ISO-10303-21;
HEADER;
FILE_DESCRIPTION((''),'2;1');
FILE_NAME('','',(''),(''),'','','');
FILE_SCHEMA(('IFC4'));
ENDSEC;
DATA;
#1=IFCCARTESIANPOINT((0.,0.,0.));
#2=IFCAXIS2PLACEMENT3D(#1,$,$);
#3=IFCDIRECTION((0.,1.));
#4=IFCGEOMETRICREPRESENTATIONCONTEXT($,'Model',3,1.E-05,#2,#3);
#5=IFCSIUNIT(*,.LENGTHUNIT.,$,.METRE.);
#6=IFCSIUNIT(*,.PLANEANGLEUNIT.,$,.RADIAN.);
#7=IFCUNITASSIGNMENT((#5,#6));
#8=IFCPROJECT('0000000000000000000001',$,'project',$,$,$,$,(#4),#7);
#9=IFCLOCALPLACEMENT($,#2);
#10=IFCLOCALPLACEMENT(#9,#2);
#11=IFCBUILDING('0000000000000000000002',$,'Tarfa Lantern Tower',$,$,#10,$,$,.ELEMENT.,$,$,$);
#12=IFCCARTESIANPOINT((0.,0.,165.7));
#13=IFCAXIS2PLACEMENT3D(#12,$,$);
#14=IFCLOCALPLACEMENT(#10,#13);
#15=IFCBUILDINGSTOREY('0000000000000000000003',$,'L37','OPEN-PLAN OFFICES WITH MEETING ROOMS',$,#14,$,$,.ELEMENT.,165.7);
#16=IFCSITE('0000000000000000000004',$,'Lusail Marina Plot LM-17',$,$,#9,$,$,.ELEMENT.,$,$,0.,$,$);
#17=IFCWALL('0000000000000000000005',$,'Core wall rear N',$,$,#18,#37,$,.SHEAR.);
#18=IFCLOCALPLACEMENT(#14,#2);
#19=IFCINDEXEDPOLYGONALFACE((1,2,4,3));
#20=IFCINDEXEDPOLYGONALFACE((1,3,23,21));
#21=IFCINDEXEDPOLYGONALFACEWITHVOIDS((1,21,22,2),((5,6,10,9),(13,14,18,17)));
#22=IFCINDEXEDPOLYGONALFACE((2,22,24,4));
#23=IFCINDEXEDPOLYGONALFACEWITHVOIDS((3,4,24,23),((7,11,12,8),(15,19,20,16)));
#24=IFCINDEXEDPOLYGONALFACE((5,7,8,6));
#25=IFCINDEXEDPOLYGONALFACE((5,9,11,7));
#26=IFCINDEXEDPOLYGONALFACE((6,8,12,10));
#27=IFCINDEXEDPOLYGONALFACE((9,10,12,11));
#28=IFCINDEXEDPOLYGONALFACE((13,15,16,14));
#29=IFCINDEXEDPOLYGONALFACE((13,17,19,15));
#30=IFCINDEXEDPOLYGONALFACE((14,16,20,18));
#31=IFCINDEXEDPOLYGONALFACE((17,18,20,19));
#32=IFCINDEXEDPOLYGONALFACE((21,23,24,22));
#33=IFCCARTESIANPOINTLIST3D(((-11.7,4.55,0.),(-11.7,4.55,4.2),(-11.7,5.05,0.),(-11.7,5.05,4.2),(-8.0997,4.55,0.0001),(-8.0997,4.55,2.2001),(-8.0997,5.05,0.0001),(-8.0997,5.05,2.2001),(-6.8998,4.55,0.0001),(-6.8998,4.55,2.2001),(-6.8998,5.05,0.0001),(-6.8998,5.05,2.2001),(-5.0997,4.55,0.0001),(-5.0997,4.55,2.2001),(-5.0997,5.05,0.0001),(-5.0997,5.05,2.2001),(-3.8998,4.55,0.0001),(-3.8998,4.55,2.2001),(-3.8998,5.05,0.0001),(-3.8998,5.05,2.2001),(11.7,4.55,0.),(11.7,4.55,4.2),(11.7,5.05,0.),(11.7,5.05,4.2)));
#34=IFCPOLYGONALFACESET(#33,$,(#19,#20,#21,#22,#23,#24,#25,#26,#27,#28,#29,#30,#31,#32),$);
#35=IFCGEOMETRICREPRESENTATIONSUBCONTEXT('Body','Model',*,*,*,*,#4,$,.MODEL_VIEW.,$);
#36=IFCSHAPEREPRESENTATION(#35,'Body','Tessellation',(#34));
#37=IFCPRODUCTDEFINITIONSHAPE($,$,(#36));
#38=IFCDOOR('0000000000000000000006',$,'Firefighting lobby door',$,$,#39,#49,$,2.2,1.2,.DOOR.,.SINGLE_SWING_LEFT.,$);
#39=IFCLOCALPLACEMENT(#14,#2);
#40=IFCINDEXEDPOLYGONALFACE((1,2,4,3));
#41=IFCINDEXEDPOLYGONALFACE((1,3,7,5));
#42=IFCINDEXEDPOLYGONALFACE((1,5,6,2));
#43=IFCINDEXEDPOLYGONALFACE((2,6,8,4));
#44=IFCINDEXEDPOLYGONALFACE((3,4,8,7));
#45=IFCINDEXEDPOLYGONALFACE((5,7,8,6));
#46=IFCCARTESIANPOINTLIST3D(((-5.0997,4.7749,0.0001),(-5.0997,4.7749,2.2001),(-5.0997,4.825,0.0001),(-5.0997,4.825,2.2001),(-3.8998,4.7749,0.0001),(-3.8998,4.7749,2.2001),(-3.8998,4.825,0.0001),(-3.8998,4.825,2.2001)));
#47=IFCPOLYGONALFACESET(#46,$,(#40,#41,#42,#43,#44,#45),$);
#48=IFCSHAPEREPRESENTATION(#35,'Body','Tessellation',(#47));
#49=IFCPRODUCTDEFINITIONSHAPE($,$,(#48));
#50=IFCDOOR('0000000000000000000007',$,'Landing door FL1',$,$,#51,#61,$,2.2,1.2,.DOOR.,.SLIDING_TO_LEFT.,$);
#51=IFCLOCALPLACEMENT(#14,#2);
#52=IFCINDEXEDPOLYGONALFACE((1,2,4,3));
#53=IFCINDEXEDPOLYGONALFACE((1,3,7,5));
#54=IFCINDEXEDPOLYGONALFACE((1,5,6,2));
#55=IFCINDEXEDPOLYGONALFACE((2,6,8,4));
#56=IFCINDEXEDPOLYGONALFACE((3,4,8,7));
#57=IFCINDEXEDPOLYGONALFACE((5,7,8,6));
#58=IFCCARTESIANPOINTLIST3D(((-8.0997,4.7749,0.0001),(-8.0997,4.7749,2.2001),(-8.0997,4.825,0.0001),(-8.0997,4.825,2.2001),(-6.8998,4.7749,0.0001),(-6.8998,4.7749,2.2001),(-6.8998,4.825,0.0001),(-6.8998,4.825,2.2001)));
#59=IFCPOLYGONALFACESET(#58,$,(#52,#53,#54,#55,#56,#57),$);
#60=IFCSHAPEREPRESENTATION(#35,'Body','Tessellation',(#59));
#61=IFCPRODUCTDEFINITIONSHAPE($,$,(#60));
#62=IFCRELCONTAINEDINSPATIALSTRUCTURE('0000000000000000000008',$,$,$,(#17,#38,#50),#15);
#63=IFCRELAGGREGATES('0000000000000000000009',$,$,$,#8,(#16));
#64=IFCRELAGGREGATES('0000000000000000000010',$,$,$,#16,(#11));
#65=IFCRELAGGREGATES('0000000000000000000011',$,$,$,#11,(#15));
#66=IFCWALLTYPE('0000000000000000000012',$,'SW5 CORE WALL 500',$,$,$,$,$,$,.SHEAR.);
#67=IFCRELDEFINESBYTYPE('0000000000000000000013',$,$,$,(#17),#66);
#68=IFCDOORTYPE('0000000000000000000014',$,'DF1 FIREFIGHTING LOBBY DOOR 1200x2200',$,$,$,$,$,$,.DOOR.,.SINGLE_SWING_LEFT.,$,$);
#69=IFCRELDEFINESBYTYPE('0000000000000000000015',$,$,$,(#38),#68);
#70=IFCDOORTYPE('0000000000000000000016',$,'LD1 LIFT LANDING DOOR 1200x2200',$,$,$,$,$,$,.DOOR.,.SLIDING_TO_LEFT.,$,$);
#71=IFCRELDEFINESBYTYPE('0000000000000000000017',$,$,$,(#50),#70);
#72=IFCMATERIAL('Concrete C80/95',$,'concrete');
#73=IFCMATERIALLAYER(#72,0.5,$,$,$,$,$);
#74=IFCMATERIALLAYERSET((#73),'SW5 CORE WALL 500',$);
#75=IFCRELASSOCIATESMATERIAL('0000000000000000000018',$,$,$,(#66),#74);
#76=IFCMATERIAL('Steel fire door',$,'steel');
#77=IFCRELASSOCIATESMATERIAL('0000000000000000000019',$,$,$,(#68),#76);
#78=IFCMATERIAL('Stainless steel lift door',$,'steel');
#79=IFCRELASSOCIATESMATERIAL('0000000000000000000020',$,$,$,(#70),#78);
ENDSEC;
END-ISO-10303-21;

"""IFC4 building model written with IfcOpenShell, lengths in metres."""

from ifc_helpers import new_model, si_unit, direction, frame, frame_2d, origin, place, context, subcontext, project, spatial, rectangle, extrude, material, layer, layer_set, type_object, element, fill, save


model = new_model("IFC4")

# Units and contexts
model_context = context("Model", 3, precision=1e-05, world=origin(), true_north=direction((0.0, 1.0)))
body_context = subcontext(model_context, "Body", "Model", "MODEL_VIEW")
ifc_project = project(units=[si_unit("LENGTHUNIT", "METRE"), si_unit("PLANEANGLEUNIT", "RADIAN")], contexts=[model_context])

# Site, building, storey
site_placement = place(None, origin())
site = spatial("IfcSite", under=ifc_project, at=site_placement, Name="Lusail Marina Plot LM-17", CompositionType="ELEMENT", RefElevation=0.0)
building_placement = place(site_placement, origin())
building = spatial("IfcBuilding", under=site, at=building_placement, Name="Tarfa Lantern Tower", CompositionType="ELEMENT")
storey_placement = place(building_placement, frame((0.0, 0.0, 165.7)))
storey = spatial("IfcBuildingStorey", under=building, at=storey_placement, Name="L37", Description="OPEN-PLAN OFFICES WITH MEETING ROOMS", CompositionType="ELEMENT", Elevation=165.7)

# Shared definitions
ifc_material_1 = material(Name="Concrete C80/95", Category="concrete")
ifc_material_2 = material(Name="Steel fire door", Category="steel")
ifc_layer_1 = layer(ifc_material_1, 0.5)
ifc_layer_set_1 = layer_set([ifc_layer_1], Name="SW5 CORE WALL 500")
wall_type_1 = type_object("IfcWallType", Name="SW5 CORE WALL 500", PredefinedType="SHEAR", material=ifc_layer_set_1)

# Wall, openings, doors
wall_1_placement = place(storey_placement, frame((-11.7, 4.8, 0.0), z_axis=(0.0, 0.0, 1.0), x_axis=(1.0, 0.0, 0.0)))
wall_1 = element("IfcWall", 1, at=wall_1_placement, inside=storey, type_object=wall_type_1, Name="Core wall rear N", PredefinedType="SHEAR", context=body_context, shape_type="SweptSolid", body=[
    extrude(rectangle(XDim=23.3999, YDim=0.5, at=frame_2d((11.7, 0.0))), origin(), (0.0, 0.0, 1.0), 4.2),
])
opening_1_placement = place(wall_1_placement, frame((6.6001, 0.0, 0.0)))
opening_1 = element("IfcOpeningElement", 2, at=opening_1_placement, cuts=wall_1, PredefinedType="OPENING", context=body_context, shape_type="SweptSolid", body=[
    extrude(rectangle(XDim=1.2, YDim=2.2, at=frame_2d((0.6001, 1.1001))), frame((0.0, 0.26, 0.0), z_axis=(0.0, -1.0, 0.0), x_axis=(1.0, 0.0, 0.0)), (0.0, 0.0, 1.0), 0.52),
])
opening_2_placement = place(wall_1_placement, frame((3.6001, 0.0, 0.0)))
opening_2 = element("IfcOpeningElement", 3, at=opening_2_placement, cuts=wall_1, PredefinedType="OPENING", context=body_context, shape_type="SweptSolid", body=[
    extrude(rectangle(XDim=1.2, YDim=2.2, at=frame_2d((0.6001, 1.1001))), frame((0.0, 0.26, 0.0), z_axis=(0.0, -1.0, 0.0), x_axis=(1.0, 0.0, 0.0)), (0.0, 0.0, 1.0), 0.52),
])
door_type_1 = type_object("IfcDoorType", Name="DF1 FIREFIGHTING LOBBY DOOR 1200x2200", OperationType="SINGLE_SWING_LEFT", PredefinedType="DOOR", material=ifc_material_2)
door_1_placement = place(opening_1_placement, origin())
door_1 = element("IfcDoor", 4, at=door_1_placement, inside=storey, type_object=door_type_1, Name="Firefighting lobby door", OperationType="SINGLE_SWING_LEFT", OverallHeight=2.2, OverallWidth=1.2, PredefinedType="DOOR", context=body_context, shape_type="SweptSolid", body=[
    extrude(rectangle(XDim=1.2, YDim=2.2, at=frame_2d((0.6001, 1.1001))), frame((0.0, 0.0249, 0.0), z_axis=(0.0, -1.0, 0.0), x_axis=(1.0, 0.0, 0.0)), (0.0, 0.0, 1.0), 0.05),
])
fill(opening_1, door_1)
ifc_material_3 = material(Name="Stainless steel lift door", Category="steel")
door_type_2 = type_object("IfcDoorType", Name="LD1 LIFT LANDING DOOR 1200x2200", OperationType="SLIDING_TO_LEFT", PredefinedType="DOOR", material=ifc_material_3)
door_2_placement = place(opening_2_placement, origin())
door_2 = element("IfcDoor", 5, at=door_2_placement, inside=storey, type_object=door_type_2, Name="Landing door FL1", OperationType="SLIDING_TO_LEFT", OverallHeight=2.2, OverallWidth=1.2, PredefinedType="DOOR", context=body_context, shape_type="SweptSolid", body=[
    extrude(rectangle(XDim=1.2, YDim=2.2, at=frame_2d((0.6001, 1.1001))), frame((0.0, 0.0249, 0.0), z_axis=(0.0, -1.0, 0.0), x_axis=(1.0, 0.0, 0.0)), (0.0, 0.0, 1.0), 0.05),
])
fill(opening_2, door_2)

save(model, "model.ifc")
